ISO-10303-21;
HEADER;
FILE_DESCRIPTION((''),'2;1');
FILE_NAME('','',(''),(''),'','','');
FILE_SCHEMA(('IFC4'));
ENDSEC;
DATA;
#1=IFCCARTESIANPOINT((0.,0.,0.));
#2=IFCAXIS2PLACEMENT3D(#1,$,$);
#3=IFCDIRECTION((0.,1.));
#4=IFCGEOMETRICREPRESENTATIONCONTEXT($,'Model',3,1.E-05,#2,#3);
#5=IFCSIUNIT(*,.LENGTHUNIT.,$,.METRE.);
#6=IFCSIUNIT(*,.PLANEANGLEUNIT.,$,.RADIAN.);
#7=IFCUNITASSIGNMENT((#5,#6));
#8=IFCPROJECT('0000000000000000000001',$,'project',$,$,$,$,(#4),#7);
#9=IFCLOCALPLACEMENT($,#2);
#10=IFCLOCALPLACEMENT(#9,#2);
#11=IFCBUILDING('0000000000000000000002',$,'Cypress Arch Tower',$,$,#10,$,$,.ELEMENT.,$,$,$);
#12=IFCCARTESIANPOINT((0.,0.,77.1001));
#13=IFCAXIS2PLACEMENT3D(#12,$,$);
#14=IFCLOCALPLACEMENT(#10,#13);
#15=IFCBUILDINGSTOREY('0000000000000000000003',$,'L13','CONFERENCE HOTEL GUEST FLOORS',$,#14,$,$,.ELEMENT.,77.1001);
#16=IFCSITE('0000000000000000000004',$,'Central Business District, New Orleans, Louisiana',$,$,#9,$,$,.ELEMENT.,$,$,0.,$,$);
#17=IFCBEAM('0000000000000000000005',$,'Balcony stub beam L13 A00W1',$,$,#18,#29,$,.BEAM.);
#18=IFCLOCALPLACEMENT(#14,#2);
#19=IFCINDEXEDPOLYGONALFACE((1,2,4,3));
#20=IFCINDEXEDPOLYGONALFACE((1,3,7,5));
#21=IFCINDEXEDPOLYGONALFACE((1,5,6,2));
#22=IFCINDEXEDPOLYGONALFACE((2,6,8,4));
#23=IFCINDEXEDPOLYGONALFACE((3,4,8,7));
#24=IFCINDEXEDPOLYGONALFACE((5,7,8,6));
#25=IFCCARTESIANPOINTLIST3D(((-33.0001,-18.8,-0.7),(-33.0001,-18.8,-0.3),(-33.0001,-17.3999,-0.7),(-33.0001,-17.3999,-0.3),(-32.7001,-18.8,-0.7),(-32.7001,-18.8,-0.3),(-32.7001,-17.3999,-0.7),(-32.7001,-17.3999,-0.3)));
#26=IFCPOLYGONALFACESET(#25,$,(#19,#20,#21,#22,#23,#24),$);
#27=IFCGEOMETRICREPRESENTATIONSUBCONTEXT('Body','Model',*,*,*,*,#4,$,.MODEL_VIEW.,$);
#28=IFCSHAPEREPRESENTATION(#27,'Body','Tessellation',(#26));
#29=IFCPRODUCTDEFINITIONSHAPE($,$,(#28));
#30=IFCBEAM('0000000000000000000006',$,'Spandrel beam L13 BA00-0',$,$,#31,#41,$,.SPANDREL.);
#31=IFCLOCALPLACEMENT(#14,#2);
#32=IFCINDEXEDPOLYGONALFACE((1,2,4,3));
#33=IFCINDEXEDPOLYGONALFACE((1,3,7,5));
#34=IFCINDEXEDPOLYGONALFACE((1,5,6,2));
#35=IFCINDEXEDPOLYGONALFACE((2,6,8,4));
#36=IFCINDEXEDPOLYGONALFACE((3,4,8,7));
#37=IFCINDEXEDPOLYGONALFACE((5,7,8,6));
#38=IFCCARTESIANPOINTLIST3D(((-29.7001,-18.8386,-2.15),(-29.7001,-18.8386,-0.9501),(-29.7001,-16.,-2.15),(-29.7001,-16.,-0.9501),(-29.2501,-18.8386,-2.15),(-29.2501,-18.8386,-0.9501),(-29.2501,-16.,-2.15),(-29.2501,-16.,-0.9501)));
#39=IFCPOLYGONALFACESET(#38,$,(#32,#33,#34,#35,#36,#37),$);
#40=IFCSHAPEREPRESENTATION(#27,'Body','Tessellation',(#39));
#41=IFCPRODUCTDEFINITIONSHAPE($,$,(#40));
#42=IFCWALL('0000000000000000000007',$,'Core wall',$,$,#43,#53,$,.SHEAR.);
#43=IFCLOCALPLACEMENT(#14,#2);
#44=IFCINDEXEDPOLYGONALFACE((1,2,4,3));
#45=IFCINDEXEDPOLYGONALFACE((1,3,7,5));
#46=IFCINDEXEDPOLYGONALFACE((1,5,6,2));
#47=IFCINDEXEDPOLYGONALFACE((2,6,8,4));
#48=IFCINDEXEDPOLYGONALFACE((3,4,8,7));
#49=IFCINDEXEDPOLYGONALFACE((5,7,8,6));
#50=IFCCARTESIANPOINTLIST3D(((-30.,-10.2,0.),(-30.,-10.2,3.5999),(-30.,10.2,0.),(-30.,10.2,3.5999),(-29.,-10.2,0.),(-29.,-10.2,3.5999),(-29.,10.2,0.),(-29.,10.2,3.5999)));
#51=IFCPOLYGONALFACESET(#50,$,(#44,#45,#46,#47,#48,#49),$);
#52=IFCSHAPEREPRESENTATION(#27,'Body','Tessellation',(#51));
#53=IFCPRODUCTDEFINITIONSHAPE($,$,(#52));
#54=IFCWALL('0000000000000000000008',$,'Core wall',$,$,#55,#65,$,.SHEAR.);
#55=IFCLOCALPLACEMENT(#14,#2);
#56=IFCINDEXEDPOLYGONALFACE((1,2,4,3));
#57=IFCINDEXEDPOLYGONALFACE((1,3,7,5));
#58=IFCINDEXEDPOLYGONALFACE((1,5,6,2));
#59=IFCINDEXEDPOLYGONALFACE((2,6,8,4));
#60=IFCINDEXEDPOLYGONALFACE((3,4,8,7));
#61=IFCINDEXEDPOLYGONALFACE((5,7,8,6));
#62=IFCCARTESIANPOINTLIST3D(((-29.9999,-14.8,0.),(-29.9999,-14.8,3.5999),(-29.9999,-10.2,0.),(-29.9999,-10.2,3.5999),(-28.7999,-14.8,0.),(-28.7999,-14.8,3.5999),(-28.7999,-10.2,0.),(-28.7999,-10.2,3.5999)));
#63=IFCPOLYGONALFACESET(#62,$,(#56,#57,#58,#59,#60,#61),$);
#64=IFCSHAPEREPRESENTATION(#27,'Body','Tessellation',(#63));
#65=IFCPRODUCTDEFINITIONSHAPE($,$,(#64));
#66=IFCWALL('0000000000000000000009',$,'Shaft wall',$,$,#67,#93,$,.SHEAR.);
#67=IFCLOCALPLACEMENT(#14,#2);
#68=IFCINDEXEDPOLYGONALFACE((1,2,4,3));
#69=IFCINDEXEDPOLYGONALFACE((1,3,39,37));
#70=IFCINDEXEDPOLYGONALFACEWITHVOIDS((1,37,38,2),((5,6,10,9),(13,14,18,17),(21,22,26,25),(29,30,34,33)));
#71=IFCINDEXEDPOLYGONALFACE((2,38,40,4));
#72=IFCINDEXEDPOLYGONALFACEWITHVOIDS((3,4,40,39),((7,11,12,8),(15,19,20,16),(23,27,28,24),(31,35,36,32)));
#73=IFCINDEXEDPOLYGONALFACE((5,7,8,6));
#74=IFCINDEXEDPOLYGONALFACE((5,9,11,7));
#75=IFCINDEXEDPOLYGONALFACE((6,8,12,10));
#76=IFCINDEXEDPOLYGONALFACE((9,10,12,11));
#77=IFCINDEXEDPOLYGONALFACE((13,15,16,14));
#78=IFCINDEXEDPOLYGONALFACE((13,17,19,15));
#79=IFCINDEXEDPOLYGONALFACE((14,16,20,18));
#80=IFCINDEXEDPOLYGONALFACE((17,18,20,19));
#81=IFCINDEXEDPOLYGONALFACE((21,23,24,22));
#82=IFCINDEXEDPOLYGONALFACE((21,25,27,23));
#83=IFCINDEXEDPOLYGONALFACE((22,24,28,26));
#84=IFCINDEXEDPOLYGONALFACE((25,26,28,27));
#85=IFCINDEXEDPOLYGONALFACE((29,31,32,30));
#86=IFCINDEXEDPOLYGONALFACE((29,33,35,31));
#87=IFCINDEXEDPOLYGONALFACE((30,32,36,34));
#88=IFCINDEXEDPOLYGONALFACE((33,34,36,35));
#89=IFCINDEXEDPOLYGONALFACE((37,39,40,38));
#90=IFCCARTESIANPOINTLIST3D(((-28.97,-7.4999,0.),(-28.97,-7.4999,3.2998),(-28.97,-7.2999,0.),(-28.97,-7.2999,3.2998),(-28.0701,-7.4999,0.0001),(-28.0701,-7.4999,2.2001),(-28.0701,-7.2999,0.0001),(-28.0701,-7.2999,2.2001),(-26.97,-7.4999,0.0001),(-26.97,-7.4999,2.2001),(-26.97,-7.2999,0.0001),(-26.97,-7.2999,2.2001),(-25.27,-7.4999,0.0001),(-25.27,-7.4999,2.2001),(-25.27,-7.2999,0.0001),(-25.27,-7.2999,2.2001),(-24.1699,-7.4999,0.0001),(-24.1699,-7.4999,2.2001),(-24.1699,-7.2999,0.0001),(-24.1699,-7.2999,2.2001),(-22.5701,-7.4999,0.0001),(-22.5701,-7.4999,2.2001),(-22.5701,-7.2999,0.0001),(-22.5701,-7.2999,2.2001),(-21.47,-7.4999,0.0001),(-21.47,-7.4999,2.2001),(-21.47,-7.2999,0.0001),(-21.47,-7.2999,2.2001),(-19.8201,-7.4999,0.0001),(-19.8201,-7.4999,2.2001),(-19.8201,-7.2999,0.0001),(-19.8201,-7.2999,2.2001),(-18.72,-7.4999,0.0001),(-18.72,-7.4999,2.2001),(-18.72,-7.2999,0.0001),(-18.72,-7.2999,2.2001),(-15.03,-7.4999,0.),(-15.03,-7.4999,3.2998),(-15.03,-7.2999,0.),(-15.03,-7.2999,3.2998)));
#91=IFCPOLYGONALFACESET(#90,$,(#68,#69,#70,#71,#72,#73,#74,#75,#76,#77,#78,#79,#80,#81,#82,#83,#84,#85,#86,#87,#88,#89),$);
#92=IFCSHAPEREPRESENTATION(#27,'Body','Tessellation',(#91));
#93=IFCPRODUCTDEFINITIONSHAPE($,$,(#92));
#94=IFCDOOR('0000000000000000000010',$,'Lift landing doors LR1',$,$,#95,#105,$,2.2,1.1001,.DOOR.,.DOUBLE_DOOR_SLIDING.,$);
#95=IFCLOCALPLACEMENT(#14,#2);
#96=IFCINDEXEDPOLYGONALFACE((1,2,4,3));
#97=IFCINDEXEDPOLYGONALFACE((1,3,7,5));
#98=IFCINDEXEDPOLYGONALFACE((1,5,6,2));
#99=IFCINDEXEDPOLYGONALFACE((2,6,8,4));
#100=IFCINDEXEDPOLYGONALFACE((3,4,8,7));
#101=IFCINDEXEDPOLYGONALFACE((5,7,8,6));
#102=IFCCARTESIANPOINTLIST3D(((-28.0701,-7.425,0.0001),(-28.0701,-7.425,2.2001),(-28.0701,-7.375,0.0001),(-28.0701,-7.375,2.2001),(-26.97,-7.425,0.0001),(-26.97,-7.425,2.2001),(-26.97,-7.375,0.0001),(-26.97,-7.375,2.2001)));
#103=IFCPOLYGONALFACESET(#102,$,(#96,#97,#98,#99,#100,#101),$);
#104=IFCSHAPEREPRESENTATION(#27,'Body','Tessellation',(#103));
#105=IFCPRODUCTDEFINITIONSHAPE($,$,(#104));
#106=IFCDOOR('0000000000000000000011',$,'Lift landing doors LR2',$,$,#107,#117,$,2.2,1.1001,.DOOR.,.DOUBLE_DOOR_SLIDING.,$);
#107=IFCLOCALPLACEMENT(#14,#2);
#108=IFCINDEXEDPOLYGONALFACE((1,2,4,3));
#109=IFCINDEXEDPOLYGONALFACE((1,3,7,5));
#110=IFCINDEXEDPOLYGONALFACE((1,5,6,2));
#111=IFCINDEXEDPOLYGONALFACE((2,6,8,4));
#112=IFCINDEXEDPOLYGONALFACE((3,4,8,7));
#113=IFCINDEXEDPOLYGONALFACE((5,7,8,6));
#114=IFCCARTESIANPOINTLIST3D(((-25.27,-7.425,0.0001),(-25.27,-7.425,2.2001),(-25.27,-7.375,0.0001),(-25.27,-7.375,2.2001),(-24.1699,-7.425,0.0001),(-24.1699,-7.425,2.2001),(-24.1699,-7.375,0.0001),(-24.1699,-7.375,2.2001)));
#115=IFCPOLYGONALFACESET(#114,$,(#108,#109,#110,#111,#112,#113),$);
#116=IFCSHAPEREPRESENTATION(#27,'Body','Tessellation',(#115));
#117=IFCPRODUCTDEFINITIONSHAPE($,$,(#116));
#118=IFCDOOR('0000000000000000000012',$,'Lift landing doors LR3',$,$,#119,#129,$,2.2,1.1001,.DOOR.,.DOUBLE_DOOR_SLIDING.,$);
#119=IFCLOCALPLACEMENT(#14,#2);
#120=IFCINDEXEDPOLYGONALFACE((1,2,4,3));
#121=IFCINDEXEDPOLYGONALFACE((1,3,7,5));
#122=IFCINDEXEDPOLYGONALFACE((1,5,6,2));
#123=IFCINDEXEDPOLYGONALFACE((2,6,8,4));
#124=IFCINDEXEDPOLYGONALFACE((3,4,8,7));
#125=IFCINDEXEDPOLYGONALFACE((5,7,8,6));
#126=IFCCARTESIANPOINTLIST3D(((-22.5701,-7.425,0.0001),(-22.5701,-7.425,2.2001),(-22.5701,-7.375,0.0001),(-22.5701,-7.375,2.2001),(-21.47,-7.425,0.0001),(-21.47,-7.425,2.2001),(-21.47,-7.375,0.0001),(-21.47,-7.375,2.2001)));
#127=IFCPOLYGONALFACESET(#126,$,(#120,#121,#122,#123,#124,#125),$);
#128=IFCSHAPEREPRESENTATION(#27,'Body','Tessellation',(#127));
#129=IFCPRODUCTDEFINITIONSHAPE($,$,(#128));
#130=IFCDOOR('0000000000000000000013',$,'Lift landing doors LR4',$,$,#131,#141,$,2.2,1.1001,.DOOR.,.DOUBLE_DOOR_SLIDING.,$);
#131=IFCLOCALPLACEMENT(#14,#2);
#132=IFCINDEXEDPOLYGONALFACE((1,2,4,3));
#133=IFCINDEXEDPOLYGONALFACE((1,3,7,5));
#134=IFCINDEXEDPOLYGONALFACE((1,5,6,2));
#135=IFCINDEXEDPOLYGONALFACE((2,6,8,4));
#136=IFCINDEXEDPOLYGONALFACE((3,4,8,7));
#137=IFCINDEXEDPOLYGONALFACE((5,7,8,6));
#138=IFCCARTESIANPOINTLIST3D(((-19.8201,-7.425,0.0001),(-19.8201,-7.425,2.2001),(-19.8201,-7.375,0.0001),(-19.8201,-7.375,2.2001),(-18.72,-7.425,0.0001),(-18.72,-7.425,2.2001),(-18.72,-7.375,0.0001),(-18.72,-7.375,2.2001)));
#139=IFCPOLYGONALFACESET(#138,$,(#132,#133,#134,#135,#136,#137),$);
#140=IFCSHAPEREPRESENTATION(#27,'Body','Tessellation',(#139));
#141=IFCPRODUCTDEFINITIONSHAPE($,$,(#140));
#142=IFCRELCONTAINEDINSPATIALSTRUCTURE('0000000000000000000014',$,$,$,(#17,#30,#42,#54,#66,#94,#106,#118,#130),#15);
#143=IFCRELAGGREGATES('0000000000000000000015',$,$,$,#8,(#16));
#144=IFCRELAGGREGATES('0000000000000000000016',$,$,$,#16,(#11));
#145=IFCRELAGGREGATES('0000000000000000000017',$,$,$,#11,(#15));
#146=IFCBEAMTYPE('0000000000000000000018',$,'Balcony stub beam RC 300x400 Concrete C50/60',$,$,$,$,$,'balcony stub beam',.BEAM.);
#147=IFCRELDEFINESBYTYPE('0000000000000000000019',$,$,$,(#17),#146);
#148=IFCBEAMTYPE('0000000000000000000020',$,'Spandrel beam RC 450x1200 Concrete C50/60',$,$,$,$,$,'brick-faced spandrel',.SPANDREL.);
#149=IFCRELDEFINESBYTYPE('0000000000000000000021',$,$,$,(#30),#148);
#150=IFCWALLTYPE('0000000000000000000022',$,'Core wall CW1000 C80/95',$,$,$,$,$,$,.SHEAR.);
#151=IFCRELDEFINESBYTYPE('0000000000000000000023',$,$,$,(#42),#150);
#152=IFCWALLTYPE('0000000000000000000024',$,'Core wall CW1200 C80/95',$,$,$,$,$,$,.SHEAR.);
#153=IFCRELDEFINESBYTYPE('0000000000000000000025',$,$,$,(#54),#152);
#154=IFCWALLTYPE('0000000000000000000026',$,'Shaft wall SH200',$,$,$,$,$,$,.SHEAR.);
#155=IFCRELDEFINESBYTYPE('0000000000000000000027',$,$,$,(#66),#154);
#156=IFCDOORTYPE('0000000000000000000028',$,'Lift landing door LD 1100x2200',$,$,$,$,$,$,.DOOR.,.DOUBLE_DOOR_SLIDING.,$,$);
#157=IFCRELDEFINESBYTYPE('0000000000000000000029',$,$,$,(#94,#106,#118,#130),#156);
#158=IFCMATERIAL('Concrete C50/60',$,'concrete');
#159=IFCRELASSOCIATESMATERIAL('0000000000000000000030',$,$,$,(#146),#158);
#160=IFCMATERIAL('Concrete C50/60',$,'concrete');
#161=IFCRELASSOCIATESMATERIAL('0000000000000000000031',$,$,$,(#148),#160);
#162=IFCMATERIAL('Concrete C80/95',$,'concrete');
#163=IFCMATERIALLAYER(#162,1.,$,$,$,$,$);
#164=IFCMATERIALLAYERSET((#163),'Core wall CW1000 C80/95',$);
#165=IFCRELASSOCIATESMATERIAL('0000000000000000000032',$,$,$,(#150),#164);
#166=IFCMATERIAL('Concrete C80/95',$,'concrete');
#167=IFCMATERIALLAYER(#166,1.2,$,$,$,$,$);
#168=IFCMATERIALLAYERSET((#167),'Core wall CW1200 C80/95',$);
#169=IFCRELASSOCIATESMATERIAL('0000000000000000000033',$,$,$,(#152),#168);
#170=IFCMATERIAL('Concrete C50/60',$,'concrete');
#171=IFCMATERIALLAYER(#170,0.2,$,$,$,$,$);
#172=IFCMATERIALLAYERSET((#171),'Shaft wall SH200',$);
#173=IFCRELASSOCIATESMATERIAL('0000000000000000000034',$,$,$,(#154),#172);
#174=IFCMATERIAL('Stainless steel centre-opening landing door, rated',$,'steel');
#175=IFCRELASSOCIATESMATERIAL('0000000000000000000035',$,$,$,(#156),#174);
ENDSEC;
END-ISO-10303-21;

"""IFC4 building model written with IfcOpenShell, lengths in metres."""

from ifc_helpers import new_model, si_unit, direction, frame, frame_2d, origin, origin_2d, place, context, subcontext, project, spatial, rectangle, extrude, material, layer, layer_set, material_profile, profile_set, type_object, element, fill, save


model = new_model("IFC4")

# Units and contexts
model_context = context("Model", 3, precision=1e-05, world=origin(), true_north=direction((0.0, 1.0)))
body_context = subcontext(model_context, "Body", "Model", "MODEL_VIEW")
ifc_project = project(units=[si_unit("LENGTHUNIT", "METRE"), si_unit("PLANEANGLEUNIT", "RADIAN")], contexts=[model_context])

# Site, building, storey
site_placement = place(None, origin())
site = spatial("IfcSite", under=ifc_project, at=site_placement, Name="Central Business District, New Orleans, Louisiana", CompositionType="ELEMENT", RefElevation=0.0)
building_placement = place(site_placement, origin())
building = spatial("IfcBuilding", under=site, at=building_placement, Name="Cypress Arch Tower", CompositionType="ELEMENT")
storey_placement = place(building_placement, frame((0.0, 0.0, 77.1001)))
storey = spatial("IfcBuildingStorey", under=building, at=storey_placement, Name="L13", Description="CONFERENCE HOTEL GUEST FLOORS", CompositionType="ELEMENT", Elevation=77.1001)

# Beams
ifc_material_1 = material(Name="Concrete C50/60", Category="concrete")
ifc_material_profile_1 = material_profile(ifc_material_1, rectangle(XDim=0.3, YDim=0.3999, at=origin_2d()), Name="RC 300x400")
ifc_profile_set_1 = profile_set([ifc_material_profile_1], Name="Concrete C50/60")
beam_type_1 = type_object("IfcBeamType", Name="Balcony stub beam RC 300x400 Concrete C50/60", ElementType="balcony stub beam", PredefinedType="BEAM", material=ifc_profile_set_1)
beam_1_placement = place(storey_placement, frame((-32.8501, -17.3999, -0.5), z_axis=(0.0, -1.0, 0.0), x_axis=(1.0, 0.0, 0.0)))
element("IfcBeam", 1, at=beam_1_placement, inside=storey, type_object=beam_type_1, Name="Balcony stub beam L13 A00W1", PredefinedType="BEAM", context=body_context, shape_type="SweptSolid", body=[
    extrude(rectangle(XDim=0.3, YDim=0.3999, at=origin_2d()), origin(), (0.0, 0.0, 1.0), 1.4001),
])
ifc_material_2 = material(Name="Concrete C50/60", Category="concrete")
ifc_material_profile_2 = material_profile(ifc_material_2, rectangle(XDim=0.45, YDim=1.2, at=origin_2d()), Name="RC 450x1200")
ifc_profile_set_2 = profile_set([ifc_material_profile_2], Name="Concrete C50/60")
beam_type_2 = type_object("IfcBeamType", Name="Spandrel beam RC 450x1200 Concrete C50/60", ElementType="brick-faced spandrel", PredefinedType="SPANDREL", material=ifc_profile_set_2)
beam_2_placement = place(storey_placement, frame((-29.4751, -16.0, -1.55), z_axis=(0.0, -1.0, 0.0), x_axis=(1.0, 0.0, 0.0)))
element("IfcBeam", 2, at=beam_2_placement, inside=storey, type_object=beam_type_2, Name="Spandrel beam L13 BA00-0", PredefinedType="SPANDREL", context=body_context, shape_type="SweptSolid", body=[
    extrude(rectangle(XDim=0.45, YDim=1.2, at=origin_2d()), origin(), (0.0, 0.0, 1.0), 2.8386),
])

# Wall
ifc_material_3 = material(Name="Concrete C80/95", Category="concrete")
ifc_layer_1 = layer(ifc_material_3, 1.0)
ifc_layer_set_1 = layer_set([ifc_layer_1], Name="Core wall CW1000 C80/95")
wall_type_1 = type_object("IfcWallType", Name="Core wall CW1000 C80/95", PredefinedType="SHEAR", material=ifc_layer_set_1)
wall_1_placement = place(storey_placement, frame((-29.5, -10.2, 0.0), z_axis=(0.0, 0.0, 1.0), x_axis=(0.0, 1.0, 0.0)))
element("IfcWall", 3, at=wall_1_placement, inside=storey, type_object=wall_type_1, Name="Core wall", PredefinedType="SHEAR", context=body_context, shape_type="SweptSolid", body=[
    extrude(rectangle(XDim=20.3999, YDim=1.0, at=frame_2d((10.2, 0.0))), origin(), (0.0, 0.0, 1.0), 3.5999),
])

# Shared definitions
ifc_material_4 = material(Name="Concrete C80/95", Category="concrete")
ifc_layer_2 = layer(ifc_material_4, 1.2)
ifc_layer_set_2 = layer_set([ifc_layer_2], Name="Core wall CW1200 C80/95")
wall_type_2 = type_object("IfcWallType", Name="Core wall CW1200 C80/95", PredefinedType="SHEAR", material=ifc_layer_set_2)

# Wall
wall_2_placement = place(storey_placement, frame((-29.3999, -14.8, 0.0), z_axis=(0.0, 0.0, 1.0), x_axis=(0.0, 1.0, 0.0)))
element("IfcWall", 4, at=wall_2_placement, inside=storey, type_object=wall_type_2, Name="Core wall", PredefinedType="SHEAR", context=body_context, shape_type="SweptSolid", body=[
    extrude(rectangle(XDim=4.6001, YDim=1.2, at=frame_2d((2.3, 0.0))), origin(), (0.0, 0.0, 1.0), 3.5999),
])

# Wall, openings, doors
ifc_material_5 = material(Name="Concrete C50/60", Category="concrete")
ifc_layer_3 = layer(ifc_material_5, 0.2)
ifc_layer_set_3 = layer_set([ifc_layer_3], Name="Shaft wall SH200")
wall_type_3 = type_object("IfcWallType", Name="Shaft wall SH200", PredefinedType="SHEAR", material=ifc_layer_set_3)
wall_3_placement = place(storey_placement, frame((-28.97, -7.3999, 0.0), z_axis=(0.0, 0.0, 1.0), x_axis=(1.0, 0.0, 0.0)))
wall_3 = element("IfcWall", 5, at=wall_3_placement, inside=storey, type_object=wall_type_3, Name="Shaft wall", PredefinedType="SHEAR", context=body_context, shape_type="SweptSolid", body=[
    extrude(rectangle(XDim=13.9399, YDim=0.2, at=frame_2d((6.97, 0.0))), origin(), (0.0, 0.0, 1.0), 3.2998),
])
opening_1_placement = place(wall_3_placement, frame((0.8999, 0.0, 0.0)))
opening_1 = element("IfcOpeningElement", 6, at=opening_1_placement, cuts=wall_3, PredefinedType="OPENING", context=body_context, shape_type="SweptSolid", body=[
    extrude(rectangle(XDim=1.1001, YDim=2.2, at=frame_2d((0.55, 1.1001))), frame((0.0, 0.1099, 0.0), z_axis=(0.0, -1.0, 0.0), x_axis=(1.0, 0.0, 0.0)), (0.0, 0.0, 1.0), 0.22),
])
opening_2_placement = place(wall_3_placement, frame((3.7, 0.0, 0.0)))
opening_2 = element("IfcOpeningElement", 7, at=opening_2_placement, cuts=wall_3, PredefinedType="OPENING", context=body_context, shape_type="SweptSolid", body=[
    extrude(rectangle(XDim=1.1001, YDim=2.2, at=frame_2d((0.55, 1.1001))), frame((0.0, 0.1099, 0.0), z_axis=(0.0, -1.0, 0.0), x_axis=(1.0, 0.0, 0.0)), (0.0, 0.0, 1.0), 0.22),
])
opening_3_placement = place(wall_3_placement, frame((6.3999, 0.0, 0.0)))
opening_3 = element("IfcOpeningElement", 8, at=opening_3_placement, cuts=wall_3, PredefinedType="OPENING", context=body_context, shape_type="SweptSolid", body=[
    extrude(rectangle(XDim=1.1001, YDim=2.2, at=frame_2d((0.55, 1.1001))), frame((0.0, 0.1099, 0.0), z_axis=(0.0, -1.0, 0.0), x_axis=(1.0, 0.0, 0.0)), (0.0, 0.0, 1.0), 0.22),
])
opening_4_placement = place(wall_3_placement, frame((9.1499, 0.0, 0.0)))
opening_4 = element("IfcOpeningElement", 9, at=opening_4_placement, cuts=wall_3, PredefinedType="OPENING", context=body_context, shape_type="SweptSolid", body=[
    extrude(rectangle(XDim=1.1001, YDim=2.2, at=frame_2d((0.55, 1.1001))), frame((0.0, 0.1099, 0.0), z_axis=(0.0, -1.0, 0.0), x_axis=(1.0, 0.0, 0.0)), (0.0, 0.0, 1.0), 0.22),
])
ifc_material_6 = material(Name="Stainless steel centre-opening landing door, rated", Category="steel")
door_type_1 = type_object("IfcDoorType", Name="Lift landing door LD 1100x2200", OperationType="DOUBLE_DOOR_SLIDING", PredefinedType="DOOR", material=ifc_material_6)
door_1_placement = place(opening_1_placement, origin())
door_1 = element("IfcDoor", 10, at=door_1_placement, inside=storey, type_object=door_type_1, Name="Lift landing doors LR1", OperationType="DOUBLE_DOOR_SLIDING", OverallHeight=2.2, OverallWidth=1.1001, PredefinedType="DOOR", context=body_context, shape_type="SweptSolid", body=[
    extrude(rectangle(XDim=1.1001, YDim=2.2, at=frame_2d((0.55, 1.1001))), frame((0.0, 0.0249, 0.0), z_axis=(0.0, -1.0, 0.0), x_axis=(1.0, 0.0, 0.0)), (0.0, 0.0, 1.0), 0.05),
])
fill(opening_1, door_1)
door_2_placement = place(opening_2_placement, origin())
door_2 = element("IfcDoor", 11, at=door_2_placement, inside=storey, type_object=door_type_1, Name="Lift landing doors LR2", OperationType="DOUBLE_DOOR_SLIDING", OverallHeight=2.2, OverallWidth=1.1001, PredefinedType="DOOR", context=body_context, shape_type="SweptSolid", body=[
    extrude(rectangle(XDim=1.1001, YDim=2.2, at=frame_2d((0.55, 1.1001))), frame((0.0, 0.0249, 0.0), z_axis=(0.0, -1.0, 0.0), x_axis=(1.0, 0.0, 0.0)), (0.0, 0.0, 1.0), 0.05),
])
fill(opening_2, door_2)
door_3_placement = place(opening_3_placement, origin())
door_3 = element("IfcDoor", 12, at=door_3_placement, inside=storey, type_object=door_type_1, Name="Lift landing doors LR3", OperationType="DOUBLE_DOOR_SLIDING", OverallHeight=2.2, OverallWidth=1.1001, PredefinedType="DOOR", context=body_context, shape_type="SweptSolid", body=[
    extrude(rectangle(XDim=1.1001, YDim=2.2, at=frame_2d((0.55, 1.1001))), frame((0.0, 0.0249, 0.0), z_axis=(0.0, -1.0, 0.0), x_axis=(1.0, 0.0, 0.0)), (0.0, 0.0, 1.0), 0.05),
])
fill(opening_3, door_3)
door_4_placement = place(opening_4_placement, origin())
door_4 = element("IfcDoor", 13, at=door_4_placement, inside=storey, type_object=door_type_1, Name="Lift landing doors LR4", OperationType="DOUBLE_DOOR_SLIDING", OverallHeight=2.2, OverallWidth=1.1001, PredefinedType="DOOR", context=body_context, shape_type="SweptSolid", body=[
    extrude(rectangle(XDim=1.1001, YDim=2.2, at=frame_2d((0.55, 1.1001))), frame((0.0, 0.0249, 0.0), z_axis=(0.0, -1.0, 0.0), x_axis=(1.0, 0.0, 0.0)), (0.0, 0.0, 1.0), 0.05),
])
fill(opening_4, door_4)

save(model, "model.ifc")
